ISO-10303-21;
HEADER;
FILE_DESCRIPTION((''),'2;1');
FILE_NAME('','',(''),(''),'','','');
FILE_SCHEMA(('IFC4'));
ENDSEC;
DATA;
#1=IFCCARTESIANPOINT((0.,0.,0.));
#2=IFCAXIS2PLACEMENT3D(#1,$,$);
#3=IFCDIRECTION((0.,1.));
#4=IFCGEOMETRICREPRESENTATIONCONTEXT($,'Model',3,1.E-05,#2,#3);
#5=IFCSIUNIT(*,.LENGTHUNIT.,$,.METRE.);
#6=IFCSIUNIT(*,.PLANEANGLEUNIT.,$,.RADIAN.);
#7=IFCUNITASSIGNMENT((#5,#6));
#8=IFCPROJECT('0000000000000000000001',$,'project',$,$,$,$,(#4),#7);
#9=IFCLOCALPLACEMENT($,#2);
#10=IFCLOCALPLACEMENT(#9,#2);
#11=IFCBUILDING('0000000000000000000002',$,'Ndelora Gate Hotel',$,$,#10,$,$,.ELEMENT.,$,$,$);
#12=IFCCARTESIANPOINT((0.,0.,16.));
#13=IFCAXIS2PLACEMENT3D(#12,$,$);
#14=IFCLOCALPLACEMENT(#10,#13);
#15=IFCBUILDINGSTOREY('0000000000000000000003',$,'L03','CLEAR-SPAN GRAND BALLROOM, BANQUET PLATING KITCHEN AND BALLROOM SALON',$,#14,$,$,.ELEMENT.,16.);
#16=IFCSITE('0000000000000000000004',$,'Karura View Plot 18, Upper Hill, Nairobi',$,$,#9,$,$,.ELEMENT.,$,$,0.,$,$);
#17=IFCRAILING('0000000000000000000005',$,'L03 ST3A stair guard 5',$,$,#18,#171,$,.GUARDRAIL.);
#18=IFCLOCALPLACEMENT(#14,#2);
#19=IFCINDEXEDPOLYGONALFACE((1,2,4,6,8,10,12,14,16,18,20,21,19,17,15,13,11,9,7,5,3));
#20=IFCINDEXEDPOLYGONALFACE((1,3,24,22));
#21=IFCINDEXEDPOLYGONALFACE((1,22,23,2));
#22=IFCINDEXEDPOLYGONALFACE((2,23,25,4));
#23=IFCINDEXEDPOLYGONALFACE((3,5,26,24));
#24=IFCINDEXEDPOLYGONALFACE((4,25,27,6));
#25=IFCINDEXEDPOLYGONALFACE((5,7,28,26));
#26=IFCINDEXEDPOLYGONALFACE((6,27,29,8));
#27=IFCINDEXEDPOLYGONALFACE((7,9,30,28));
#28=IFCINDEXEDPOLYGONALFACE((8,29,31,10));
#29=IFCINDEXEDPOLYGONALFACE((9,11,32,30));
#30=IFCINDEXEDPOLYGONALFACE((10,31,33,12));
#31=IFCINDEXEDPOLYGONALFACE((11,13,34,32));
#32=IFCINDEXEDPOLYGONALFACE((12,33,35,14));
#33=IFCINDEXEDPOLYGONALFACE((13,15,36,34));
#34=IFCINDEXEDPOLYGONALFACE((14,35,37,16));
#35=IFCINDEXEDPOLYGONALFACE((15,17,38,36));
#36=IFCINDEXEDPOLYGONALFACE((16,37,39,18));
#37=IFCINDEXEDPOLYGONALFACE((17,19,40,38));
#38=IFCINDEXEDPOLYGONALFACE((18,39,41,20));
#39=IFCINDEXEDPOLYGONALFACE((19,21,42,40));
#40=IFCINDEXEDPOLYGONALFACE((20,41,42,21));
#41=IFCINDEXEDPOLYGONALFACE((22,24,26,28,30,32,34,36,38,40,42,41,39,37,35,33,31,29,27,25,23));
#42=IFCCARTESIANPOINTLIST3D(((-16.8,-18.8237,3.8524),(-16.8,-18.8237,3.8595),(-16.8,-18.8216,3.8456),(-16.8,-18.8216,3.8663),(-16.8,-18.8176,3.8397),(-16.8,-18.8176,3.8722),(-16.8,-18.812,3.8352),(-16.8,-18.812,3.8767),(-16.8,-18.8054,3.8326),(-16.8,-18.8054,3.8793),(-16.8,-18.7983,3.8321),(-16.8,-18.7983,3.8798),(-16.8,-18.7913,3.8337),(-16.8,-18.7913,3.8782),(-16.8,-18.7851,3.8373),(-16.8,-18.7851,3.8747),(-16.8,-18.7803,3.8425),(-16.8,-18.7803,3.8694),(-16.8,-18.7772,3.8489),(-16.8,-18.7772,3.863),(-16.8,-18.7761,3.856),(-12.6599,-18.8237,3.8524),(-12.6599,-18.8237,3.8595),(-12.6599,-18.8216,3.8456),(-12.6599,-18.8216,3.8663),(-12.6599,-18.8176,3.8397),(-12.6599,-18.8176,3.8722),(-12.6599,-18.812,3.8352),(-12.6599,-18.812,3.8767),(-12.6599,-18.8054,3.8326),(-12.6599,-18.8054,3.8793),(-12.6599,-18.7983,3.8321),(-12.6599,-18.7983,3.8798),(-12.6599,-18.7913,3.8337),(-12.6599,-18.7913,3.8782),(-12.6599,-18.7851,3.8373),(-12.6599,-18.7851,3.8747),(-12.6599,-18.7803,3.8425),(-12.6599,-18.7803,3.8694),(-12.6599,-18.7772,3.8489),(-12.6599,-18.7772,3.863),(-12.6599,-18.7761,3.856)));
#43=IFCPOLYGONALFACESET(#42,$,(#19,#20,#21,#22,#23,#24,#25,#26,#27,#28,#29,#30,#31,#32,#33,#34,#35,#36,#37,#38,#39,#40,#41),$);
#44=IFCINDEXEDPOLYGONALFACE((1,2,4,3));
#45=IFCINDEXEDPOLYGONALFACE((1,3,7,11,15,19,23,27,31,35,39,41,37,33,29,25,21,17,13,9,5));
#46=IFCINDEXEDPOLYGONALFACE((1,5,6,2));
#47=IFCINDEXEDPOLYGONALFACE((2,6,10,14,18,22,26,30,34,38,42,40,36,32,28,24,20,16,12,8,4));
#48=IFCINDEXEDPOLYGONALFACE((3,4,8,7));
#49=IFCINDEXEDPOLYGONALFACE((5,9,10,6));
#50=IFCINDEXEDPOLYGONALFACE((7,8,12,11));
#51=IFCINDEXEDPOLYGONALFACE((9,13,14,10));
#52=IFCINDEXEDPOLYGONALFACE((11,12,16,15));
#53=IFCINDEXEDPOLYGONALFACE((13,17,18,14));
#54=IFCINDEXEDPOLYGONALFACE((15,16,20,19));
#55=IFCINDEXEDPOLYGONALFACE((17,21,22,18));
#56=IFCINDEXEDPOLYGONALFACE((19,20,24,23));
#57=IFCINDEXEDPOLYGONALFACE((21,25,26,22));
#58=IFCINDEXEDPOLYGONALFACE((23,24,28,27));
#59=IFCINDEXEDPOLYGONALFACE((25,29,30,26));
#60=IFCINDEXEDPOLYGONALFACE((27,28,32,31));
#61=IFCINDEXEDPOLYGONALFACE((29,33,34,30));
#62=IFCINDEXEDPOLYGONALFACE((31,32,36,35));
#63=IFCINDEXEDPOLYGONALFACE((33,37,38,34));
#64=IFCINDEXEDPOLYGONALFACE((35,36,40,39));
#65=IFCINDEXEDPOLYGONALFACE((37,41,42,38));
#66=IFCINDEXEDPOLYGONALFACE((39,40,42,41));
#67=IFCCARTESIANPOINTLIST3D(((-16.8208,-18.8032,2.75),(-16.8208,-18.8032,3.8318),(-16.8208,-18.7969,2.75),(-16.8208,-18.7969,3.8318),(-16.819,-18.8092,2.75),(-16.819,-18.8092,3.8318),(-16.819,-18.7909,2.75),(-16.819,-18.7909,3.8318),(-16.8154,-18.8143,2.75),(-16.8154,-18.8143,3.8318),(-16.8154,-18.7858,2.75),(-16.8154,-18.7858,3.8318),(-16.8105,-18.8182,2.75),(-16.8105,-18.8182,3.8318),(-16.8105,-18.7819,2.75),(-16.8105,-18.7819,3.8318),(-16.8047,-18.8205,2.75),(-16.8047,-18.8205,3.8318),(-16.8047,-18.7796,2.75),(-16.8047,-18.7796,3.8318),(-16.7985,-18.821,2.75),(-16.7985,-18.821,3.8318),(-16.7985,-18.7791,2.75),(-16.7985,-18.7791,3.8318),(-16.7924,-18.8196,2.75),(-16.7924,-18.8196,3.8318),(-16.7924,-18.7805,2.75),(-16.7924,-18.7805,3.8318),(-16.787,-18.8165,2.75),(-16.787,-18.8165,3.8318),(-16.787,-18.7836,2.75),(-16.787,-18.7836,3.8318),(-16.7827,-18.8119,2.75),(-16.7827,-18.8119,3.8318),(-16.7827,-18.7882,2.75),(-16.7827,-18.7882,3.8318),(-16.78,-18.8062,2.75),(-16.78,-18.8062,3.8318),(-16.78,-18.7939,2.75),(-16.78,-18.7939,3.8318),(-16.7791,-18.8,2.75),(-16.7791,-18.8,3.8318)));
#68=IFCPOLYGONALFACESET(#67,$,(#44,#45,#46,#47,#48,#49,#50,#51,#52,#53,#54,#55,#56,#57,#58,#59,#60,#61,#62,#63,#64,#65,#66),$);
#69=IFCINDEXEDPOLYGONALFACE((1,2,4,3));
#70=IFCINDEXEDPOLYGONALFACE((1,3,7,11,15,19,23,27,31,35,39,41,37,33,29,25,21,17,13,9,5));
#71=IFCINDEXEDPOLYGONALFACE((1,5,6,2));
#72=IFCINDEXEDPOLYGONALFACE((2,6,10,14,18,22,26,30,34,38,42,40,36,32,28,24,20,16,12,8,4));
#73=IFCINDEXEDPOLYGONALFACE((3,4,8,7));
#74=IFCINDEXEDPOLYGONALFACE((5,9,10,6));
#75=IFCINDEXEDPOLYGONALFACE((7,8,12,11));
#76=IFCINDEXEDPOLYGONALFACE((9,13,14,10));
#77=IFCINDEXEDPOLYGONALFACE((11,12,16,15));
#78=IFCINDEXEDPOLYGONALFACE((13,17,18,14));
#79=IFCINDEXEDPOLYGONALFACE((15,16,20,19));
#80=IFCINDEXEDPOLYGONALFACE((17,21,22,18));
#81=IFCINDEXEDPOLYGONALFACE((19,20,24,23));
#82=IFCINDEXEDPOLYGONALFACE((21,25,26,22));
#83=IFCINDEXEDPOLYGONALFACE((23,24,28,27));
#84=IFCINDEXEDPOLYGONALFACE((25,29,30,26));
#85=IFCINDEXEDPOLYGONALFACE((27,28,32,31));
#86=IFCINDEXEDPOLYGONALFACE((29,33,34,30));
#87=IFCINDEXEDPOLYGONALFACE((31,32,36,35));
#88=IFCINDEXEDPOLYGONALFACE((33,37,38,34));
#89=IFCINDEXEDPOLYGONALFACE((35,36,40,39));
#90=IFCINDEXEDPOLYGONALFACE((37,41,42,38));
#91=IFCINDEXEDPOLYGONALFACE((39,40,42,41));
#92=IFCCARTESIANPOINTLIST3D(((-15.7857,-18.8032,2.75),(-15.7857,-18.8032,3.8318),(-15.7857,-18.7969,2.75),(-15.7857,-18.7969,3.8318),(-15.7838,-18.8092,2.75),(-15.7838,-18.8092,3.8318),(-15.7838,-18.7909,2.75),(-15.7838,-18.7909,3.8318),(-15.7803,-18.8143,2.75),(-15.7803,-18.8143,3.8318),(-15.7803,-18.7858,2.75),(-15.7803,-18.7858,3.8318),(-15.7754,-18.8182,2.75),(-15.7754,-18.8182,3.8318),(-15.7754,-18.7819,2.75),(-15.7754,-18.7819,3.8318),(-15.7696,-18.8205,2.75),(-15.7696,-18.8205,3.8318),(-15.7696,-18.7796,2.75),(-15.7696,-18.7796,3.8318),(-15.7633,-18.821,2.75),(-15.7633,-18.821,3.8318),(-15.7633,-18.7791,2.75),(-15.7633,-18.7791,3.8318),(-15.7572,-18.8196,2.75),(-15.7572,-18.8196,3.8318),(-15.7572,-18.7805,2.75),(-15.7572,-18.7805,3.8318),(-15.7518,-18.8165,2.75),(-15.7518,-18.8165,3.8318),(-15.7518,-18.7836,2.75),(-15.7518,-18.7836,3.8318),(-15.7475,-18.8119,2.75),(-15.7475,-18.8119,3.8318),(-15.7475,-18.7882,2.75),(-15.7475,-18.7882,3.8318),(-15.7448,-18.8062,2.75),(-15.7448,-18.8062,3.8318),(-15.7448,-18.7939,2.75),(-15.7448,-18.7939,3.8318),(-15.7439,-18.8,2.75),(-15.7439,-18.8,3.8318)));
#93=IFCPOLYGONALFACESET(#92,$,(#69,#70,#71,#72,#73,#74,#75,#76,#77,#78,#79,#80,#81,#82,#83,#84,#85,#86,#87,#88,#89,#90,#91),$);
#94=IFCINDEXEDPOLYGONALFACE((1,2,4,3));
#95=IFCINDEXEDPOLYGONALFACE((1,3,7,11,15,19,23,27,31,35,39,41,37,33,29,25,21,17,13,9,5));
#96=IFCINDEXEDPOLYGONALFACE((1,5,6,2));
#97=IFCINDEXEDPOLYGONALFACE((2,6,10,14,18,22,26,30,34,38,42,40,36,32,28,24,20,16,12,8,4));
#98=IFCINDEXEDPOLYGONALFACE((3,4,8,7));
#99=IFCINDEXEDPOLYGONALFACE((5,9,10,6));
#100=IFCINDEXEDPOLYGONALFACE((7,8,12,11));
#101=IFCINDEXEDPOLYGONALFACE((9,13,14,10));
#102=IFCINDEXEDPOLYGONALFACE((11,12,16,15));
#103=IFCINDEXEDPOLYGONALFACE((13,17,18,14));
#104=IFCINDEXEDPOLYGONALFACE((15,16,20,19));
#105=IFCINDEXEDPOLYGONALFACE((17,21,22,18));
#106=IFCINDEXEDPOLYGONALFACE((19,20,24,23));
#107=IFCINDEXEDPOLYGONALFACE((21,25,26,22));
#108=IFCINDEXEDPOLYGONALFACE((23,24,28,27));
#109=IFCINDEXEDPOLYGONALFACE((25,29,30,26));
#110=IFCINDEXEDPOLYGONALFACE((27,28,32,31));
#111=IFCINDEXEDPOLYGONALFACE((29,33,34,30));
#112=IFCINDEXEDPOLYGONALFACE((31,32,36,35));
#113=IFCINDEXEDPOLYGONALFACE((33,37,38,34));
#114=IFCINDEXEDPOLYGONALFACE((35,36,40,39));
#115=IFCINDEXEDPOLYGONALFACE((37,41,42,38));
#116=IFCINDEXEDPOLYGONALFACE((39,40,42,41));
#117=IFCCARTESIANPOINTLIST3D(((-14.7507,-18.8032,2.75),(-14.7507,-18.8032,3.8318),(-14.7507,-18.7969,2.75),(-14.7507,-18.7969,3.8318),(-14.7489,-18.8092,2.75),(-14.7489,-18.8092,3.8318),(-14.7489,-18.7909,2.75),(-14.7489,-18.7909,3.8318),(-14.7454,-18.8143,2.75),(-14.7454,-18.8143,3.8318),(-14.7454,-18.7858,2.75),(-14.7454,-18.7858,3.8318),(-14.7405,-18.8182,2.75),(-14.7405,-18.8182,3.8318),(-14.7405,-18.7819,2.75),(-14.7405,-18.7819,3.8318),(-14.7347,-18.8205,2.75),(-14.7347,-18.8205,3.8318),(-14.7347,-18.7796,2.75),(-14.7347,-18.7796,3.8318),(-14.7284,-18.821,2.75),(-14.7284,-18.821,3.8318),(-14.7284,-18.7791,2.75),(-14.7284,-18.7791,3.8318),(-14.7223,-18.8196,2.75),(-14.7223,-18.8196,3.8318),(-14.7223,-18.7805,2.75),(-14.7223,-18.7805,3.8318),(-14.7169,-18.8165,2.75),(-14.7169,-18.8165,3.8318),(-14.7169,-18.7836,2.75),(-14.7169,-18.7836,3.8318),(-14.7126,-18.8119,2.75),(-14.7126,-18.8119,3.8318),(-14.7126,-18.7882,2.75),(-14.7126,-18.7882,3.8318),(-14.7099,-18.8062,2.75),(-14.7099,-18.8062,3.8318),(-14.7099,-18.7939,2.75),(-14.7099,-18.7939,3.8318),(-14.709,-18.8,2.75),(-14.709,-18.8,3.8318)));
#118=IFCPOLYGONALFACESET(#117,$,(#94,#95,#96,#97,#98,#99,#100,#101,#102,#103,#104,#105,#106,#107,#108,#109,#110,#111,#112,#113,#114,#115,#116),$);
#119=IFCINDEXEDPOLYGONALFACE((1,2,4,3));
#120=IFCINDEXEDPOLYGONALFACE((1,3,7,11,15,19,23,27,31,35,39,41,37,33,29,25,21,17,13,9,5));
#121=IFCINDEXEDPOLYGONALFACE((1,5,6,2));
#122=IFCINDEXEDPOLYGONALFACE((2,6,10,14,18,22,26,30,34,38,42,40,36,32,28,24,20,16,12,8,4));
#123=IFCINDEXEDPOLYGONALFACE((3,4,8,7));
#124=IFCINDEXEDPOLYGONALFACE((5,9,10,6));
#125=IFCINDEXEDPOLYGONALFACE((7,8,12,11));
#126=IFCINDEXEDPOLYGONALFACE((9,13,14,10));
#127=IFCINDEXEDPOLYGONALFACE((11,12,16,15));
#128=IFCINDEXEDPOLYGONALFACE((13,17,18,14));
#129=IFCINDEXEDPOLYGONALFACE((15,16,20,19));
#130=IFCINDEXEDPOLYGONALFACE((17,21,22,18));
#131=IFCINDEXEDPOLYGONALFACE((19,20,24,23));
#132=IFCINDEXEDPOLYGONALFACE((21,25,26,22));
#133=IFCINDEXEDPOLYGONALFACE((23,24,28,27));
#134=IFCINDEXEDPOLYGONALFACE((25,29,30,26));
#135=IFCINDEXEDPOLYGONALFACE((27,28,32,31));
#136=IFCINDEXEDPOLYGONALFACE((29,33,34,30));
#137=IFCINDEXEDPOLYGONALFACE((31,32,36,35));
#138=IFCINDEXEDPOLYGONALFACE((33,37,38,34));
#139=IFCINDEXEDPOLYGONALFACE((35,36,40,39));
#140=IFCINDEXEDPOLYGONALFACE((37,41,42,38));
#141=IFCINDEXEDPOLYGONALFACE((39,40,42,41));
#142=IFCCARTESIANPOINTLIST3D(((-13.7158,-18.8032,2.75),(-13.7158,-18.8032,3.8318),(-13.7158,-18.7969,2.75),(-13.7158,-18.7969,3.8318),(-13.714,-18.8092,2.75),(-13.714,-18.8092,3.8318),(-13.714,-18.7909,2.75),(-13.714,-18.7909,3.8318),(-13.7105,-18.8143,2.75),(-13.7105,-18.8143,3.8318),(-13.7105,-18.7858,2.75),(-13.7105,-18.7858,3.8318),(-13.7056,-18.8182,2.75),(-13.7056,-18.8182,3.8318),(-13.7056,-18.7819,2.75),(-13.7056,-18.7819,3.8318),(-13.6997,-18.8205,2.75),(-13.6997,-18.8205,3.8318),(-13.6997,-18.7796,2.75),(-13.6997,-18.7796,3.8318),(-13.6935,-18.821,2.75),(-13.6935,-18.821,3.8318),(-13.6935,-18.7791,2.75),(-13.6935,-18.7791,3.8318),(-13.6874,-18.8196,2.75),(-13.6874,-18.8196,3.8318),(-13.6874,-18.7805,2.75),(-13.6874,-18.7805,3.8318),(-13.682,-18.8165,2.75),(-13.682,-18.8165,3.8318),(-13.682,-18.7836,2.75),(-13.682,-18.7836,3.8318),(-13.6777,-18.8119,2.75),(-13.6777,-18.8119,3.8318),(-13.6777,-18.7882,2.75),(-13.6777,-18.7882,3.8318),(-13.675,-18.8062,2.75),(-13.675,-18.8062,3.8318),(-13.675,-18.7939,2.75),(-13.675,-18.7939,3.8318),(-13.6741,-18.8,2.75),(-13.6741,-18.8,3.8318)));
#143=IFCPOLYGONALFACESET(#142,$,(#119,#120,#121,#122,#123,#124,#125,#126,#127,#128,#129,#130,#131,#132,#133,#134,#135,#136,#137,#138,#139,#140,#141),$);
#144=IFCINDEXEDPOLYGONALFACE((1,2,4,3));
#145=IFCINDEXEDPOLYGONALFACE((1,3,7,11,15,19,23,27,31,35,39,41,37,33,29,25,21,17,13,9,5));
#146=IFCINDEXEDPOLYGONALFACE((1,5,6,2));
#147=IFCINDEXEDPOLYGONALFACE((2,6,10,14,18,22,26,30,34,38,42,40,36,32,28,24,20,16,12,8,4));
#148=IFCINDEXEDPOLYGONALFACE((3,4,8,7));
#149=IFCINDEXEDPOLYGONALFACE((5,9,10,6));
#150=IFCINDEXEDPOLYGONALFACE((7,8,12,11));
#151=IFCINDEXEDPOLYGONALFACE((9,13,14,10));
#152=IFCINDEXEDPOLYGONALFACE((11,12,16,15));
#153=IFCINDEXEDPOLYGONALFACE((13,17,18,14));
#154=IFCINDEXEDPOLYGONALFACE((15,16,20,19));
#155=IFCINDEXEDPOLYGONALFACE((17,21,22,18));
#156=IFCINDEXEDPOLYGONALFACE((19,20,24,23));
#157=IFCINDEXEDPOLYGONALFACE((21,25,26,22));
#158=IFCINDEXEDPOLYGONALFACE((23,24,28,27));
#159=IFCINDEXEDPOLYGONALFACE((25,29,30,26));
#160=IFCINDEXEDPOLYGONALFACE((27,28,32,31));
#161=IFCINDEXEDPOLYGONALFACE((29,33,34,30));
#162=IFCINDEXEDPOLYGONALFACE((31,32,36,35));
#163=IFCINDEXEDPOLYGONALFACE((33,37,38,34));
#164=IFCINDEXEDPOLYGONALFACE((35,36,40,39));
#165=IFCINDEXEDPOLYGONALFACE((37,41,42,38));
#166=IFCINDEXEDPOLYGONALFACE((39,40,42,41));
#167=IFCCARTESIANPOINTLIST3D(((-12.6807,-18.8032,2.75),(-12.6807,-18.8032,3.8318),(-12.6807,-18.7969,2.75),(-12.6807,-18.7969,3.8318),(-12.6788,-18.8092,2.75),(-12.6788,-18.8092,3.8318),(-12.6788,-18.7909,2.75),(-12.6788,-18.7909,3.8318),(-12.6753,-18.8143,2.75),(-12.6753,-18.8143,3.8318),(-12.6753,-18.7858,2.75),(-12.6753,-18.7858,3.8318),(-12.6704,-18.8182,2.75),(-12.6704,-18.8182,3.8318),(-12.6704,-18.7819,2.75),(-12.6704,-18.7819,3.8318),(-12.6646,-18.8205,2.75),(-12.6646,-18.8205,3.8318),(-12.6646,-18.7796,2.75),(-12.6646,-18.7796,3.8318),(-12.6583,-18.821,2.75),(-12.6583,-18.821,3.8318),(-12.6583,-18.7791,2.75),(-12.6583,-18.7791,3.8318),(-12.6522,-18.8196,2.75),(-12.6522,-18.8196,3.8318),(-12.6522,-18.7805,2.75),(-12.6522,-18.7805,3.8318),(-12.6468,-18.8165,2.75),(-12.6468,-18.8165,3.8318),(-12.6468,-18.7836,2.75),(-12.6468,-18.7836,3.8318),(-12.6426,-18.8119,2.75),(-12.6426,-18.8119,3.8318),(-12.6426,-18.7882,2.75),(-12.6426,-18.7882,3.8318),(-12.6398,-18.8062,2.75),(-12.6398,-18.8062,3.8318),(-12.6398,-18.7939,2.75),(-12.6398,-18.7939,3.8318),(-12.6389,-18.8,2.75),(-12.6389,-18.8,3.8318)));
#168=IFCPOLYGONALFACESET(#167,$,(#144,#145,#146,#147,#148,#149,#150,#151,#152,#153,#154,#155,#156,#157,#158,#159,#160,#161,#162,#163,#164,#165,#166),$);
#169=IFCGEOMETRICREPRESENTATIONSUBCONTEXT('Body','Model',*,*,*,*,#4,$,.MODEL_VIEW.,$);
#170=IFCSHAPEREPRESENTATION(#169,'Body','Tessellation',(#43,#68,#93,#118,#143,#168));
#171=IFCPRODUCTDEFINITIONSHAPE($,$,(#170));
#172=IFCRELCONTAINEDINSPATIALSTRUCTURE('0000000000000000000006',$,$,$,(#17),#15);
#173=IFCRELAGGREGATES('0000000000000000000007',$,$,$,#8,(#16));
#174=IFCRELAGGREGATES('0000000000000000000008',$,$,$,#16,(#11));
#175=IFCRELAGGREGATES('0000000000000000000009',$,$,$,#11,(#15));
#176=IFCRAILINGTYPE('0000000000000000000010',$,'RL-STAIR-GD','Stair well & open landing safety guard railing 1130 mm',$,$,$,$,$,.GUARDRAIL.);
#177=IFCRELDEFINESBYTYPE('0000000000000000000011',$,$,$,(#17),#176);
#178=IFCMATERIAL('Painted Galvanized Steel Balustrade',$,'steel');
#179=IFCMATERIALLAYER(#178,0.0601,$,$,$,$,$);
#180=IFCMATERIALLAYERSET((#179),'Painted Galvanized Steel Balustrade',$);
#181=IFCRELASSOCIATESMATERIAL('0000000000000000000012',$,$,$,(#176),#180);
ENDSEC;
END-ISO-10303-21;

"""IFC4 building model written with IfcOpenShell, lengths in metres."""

from ifc_helpers import new_model, si_unit, direction, frame, origin, origin_2d, place, context, subcontext, project, spatial, circle, extrude, material, layer, layer_set, type_object, element, save


model = new_model("IFC4")

# Units and contexts
model_context = context("Model", 3, precision=1e-05, world=origin(), true_north=direction((0.0, 1.0)))
body_context = subcontext(model_context, "Body", "Model", "MODEL_VIEW")
ifc_project = project(units=[si_unit("LENGTHUNIT", "METRE"), si_unit("PLANEANGLEUNIT", "RADIAN")], contexts=[model_context])

# Site, building, storey
site_placement = place(None, origin())
site = spatial("IfcSite", under=ifc_project, at=site_placement, Name="Karura View Plot 18, Upper Hill, Nairobi", CompositionType="ELEMENT", RefElevation=0.0)
building_placement = place(site_placement, origin())
building = spatial("IfcBuilding", under=site, at=building_placement, Name="Ndelora Gate Hotel", CompositionType="ELEMENT")
storey_placement = place(building_placement, frame((0.0, 0.0, 16.0)))
storey = spatial("IfcBuildingStorey", under=building, at=storey_placement, Name="L03", Description="CLEAR-SPAN GRAND BALLROOM, BANQUET PLATING KITCHEN AND BALLROOM SALON", CompositionType="ELEMENT", Elevation=16.0)

# Railing
ifc_material_1 = material(Name="Painted Galvanized Steel Balustrade", Category="steel")
ifc_layer_1 = layer(ifc_material_1, 0.0601)
ifc_layer_set_1 = layer_set([ifc_layer_1], Name="Painted Galvanized Steel Balustrade")
railing_type_1 = type_object("IfcRailingType", Name="RL-STAIR-GD", Description="Stair well & open landing safety guard railing 1130 mm", PredefinedType="GUARDRAIL", material=ifc_layer_set_1)
railing_1_placement = place(storey_placement, frame((-16.8, -18.8, 2.75)))
element("IfcRailing", 1, at=railing_1_placement, inside=storey, type_object=railing_type_1, Name="L03 ST3A stair guard 5", PredefinedType="GUARDRAIL", context=body_context, shape_type="SweptSolid", body=[
    extrude(circle(Radius=0.0239, at=origin_2d()), frame((0.0, 0.0, 1.106), z_axis=(1.0, 0.0, 0.0), x_axis=(0.0, 1.0, 0.0)), (0.0, 0.0, 1.0), 4.1401),
    extrude(circle(Radius=0.021, at=origin_2d()), origin(), (0.0, 0.0, 1.0), 1.0818),
    extrude(circle(Radius=0.021, at=origin_2d()), frame((1.0352, 0.0, 0.0)), (0.0, 0.0, 1.0), 1.0818),
    extrude(circle(Radius=0.021, at=origin_2d()), frame((2.0701, 0.0, 0.0)), (0.0, 0.0, 1.0), 1.0818),
    extrude(circle(Radius=0.021, at=origin_2d()), frame((3.105, 0.0, 0.0)), (0.0, 0.0, 1.0), 1.0818),
    extrude(circle(Radius=0.021, at=origin_2d()), frame((4.1401, 0.0, 0.0)), (0.0, 0.0, 1.0), 1.0818),
])

save(model, "model.ifc")
